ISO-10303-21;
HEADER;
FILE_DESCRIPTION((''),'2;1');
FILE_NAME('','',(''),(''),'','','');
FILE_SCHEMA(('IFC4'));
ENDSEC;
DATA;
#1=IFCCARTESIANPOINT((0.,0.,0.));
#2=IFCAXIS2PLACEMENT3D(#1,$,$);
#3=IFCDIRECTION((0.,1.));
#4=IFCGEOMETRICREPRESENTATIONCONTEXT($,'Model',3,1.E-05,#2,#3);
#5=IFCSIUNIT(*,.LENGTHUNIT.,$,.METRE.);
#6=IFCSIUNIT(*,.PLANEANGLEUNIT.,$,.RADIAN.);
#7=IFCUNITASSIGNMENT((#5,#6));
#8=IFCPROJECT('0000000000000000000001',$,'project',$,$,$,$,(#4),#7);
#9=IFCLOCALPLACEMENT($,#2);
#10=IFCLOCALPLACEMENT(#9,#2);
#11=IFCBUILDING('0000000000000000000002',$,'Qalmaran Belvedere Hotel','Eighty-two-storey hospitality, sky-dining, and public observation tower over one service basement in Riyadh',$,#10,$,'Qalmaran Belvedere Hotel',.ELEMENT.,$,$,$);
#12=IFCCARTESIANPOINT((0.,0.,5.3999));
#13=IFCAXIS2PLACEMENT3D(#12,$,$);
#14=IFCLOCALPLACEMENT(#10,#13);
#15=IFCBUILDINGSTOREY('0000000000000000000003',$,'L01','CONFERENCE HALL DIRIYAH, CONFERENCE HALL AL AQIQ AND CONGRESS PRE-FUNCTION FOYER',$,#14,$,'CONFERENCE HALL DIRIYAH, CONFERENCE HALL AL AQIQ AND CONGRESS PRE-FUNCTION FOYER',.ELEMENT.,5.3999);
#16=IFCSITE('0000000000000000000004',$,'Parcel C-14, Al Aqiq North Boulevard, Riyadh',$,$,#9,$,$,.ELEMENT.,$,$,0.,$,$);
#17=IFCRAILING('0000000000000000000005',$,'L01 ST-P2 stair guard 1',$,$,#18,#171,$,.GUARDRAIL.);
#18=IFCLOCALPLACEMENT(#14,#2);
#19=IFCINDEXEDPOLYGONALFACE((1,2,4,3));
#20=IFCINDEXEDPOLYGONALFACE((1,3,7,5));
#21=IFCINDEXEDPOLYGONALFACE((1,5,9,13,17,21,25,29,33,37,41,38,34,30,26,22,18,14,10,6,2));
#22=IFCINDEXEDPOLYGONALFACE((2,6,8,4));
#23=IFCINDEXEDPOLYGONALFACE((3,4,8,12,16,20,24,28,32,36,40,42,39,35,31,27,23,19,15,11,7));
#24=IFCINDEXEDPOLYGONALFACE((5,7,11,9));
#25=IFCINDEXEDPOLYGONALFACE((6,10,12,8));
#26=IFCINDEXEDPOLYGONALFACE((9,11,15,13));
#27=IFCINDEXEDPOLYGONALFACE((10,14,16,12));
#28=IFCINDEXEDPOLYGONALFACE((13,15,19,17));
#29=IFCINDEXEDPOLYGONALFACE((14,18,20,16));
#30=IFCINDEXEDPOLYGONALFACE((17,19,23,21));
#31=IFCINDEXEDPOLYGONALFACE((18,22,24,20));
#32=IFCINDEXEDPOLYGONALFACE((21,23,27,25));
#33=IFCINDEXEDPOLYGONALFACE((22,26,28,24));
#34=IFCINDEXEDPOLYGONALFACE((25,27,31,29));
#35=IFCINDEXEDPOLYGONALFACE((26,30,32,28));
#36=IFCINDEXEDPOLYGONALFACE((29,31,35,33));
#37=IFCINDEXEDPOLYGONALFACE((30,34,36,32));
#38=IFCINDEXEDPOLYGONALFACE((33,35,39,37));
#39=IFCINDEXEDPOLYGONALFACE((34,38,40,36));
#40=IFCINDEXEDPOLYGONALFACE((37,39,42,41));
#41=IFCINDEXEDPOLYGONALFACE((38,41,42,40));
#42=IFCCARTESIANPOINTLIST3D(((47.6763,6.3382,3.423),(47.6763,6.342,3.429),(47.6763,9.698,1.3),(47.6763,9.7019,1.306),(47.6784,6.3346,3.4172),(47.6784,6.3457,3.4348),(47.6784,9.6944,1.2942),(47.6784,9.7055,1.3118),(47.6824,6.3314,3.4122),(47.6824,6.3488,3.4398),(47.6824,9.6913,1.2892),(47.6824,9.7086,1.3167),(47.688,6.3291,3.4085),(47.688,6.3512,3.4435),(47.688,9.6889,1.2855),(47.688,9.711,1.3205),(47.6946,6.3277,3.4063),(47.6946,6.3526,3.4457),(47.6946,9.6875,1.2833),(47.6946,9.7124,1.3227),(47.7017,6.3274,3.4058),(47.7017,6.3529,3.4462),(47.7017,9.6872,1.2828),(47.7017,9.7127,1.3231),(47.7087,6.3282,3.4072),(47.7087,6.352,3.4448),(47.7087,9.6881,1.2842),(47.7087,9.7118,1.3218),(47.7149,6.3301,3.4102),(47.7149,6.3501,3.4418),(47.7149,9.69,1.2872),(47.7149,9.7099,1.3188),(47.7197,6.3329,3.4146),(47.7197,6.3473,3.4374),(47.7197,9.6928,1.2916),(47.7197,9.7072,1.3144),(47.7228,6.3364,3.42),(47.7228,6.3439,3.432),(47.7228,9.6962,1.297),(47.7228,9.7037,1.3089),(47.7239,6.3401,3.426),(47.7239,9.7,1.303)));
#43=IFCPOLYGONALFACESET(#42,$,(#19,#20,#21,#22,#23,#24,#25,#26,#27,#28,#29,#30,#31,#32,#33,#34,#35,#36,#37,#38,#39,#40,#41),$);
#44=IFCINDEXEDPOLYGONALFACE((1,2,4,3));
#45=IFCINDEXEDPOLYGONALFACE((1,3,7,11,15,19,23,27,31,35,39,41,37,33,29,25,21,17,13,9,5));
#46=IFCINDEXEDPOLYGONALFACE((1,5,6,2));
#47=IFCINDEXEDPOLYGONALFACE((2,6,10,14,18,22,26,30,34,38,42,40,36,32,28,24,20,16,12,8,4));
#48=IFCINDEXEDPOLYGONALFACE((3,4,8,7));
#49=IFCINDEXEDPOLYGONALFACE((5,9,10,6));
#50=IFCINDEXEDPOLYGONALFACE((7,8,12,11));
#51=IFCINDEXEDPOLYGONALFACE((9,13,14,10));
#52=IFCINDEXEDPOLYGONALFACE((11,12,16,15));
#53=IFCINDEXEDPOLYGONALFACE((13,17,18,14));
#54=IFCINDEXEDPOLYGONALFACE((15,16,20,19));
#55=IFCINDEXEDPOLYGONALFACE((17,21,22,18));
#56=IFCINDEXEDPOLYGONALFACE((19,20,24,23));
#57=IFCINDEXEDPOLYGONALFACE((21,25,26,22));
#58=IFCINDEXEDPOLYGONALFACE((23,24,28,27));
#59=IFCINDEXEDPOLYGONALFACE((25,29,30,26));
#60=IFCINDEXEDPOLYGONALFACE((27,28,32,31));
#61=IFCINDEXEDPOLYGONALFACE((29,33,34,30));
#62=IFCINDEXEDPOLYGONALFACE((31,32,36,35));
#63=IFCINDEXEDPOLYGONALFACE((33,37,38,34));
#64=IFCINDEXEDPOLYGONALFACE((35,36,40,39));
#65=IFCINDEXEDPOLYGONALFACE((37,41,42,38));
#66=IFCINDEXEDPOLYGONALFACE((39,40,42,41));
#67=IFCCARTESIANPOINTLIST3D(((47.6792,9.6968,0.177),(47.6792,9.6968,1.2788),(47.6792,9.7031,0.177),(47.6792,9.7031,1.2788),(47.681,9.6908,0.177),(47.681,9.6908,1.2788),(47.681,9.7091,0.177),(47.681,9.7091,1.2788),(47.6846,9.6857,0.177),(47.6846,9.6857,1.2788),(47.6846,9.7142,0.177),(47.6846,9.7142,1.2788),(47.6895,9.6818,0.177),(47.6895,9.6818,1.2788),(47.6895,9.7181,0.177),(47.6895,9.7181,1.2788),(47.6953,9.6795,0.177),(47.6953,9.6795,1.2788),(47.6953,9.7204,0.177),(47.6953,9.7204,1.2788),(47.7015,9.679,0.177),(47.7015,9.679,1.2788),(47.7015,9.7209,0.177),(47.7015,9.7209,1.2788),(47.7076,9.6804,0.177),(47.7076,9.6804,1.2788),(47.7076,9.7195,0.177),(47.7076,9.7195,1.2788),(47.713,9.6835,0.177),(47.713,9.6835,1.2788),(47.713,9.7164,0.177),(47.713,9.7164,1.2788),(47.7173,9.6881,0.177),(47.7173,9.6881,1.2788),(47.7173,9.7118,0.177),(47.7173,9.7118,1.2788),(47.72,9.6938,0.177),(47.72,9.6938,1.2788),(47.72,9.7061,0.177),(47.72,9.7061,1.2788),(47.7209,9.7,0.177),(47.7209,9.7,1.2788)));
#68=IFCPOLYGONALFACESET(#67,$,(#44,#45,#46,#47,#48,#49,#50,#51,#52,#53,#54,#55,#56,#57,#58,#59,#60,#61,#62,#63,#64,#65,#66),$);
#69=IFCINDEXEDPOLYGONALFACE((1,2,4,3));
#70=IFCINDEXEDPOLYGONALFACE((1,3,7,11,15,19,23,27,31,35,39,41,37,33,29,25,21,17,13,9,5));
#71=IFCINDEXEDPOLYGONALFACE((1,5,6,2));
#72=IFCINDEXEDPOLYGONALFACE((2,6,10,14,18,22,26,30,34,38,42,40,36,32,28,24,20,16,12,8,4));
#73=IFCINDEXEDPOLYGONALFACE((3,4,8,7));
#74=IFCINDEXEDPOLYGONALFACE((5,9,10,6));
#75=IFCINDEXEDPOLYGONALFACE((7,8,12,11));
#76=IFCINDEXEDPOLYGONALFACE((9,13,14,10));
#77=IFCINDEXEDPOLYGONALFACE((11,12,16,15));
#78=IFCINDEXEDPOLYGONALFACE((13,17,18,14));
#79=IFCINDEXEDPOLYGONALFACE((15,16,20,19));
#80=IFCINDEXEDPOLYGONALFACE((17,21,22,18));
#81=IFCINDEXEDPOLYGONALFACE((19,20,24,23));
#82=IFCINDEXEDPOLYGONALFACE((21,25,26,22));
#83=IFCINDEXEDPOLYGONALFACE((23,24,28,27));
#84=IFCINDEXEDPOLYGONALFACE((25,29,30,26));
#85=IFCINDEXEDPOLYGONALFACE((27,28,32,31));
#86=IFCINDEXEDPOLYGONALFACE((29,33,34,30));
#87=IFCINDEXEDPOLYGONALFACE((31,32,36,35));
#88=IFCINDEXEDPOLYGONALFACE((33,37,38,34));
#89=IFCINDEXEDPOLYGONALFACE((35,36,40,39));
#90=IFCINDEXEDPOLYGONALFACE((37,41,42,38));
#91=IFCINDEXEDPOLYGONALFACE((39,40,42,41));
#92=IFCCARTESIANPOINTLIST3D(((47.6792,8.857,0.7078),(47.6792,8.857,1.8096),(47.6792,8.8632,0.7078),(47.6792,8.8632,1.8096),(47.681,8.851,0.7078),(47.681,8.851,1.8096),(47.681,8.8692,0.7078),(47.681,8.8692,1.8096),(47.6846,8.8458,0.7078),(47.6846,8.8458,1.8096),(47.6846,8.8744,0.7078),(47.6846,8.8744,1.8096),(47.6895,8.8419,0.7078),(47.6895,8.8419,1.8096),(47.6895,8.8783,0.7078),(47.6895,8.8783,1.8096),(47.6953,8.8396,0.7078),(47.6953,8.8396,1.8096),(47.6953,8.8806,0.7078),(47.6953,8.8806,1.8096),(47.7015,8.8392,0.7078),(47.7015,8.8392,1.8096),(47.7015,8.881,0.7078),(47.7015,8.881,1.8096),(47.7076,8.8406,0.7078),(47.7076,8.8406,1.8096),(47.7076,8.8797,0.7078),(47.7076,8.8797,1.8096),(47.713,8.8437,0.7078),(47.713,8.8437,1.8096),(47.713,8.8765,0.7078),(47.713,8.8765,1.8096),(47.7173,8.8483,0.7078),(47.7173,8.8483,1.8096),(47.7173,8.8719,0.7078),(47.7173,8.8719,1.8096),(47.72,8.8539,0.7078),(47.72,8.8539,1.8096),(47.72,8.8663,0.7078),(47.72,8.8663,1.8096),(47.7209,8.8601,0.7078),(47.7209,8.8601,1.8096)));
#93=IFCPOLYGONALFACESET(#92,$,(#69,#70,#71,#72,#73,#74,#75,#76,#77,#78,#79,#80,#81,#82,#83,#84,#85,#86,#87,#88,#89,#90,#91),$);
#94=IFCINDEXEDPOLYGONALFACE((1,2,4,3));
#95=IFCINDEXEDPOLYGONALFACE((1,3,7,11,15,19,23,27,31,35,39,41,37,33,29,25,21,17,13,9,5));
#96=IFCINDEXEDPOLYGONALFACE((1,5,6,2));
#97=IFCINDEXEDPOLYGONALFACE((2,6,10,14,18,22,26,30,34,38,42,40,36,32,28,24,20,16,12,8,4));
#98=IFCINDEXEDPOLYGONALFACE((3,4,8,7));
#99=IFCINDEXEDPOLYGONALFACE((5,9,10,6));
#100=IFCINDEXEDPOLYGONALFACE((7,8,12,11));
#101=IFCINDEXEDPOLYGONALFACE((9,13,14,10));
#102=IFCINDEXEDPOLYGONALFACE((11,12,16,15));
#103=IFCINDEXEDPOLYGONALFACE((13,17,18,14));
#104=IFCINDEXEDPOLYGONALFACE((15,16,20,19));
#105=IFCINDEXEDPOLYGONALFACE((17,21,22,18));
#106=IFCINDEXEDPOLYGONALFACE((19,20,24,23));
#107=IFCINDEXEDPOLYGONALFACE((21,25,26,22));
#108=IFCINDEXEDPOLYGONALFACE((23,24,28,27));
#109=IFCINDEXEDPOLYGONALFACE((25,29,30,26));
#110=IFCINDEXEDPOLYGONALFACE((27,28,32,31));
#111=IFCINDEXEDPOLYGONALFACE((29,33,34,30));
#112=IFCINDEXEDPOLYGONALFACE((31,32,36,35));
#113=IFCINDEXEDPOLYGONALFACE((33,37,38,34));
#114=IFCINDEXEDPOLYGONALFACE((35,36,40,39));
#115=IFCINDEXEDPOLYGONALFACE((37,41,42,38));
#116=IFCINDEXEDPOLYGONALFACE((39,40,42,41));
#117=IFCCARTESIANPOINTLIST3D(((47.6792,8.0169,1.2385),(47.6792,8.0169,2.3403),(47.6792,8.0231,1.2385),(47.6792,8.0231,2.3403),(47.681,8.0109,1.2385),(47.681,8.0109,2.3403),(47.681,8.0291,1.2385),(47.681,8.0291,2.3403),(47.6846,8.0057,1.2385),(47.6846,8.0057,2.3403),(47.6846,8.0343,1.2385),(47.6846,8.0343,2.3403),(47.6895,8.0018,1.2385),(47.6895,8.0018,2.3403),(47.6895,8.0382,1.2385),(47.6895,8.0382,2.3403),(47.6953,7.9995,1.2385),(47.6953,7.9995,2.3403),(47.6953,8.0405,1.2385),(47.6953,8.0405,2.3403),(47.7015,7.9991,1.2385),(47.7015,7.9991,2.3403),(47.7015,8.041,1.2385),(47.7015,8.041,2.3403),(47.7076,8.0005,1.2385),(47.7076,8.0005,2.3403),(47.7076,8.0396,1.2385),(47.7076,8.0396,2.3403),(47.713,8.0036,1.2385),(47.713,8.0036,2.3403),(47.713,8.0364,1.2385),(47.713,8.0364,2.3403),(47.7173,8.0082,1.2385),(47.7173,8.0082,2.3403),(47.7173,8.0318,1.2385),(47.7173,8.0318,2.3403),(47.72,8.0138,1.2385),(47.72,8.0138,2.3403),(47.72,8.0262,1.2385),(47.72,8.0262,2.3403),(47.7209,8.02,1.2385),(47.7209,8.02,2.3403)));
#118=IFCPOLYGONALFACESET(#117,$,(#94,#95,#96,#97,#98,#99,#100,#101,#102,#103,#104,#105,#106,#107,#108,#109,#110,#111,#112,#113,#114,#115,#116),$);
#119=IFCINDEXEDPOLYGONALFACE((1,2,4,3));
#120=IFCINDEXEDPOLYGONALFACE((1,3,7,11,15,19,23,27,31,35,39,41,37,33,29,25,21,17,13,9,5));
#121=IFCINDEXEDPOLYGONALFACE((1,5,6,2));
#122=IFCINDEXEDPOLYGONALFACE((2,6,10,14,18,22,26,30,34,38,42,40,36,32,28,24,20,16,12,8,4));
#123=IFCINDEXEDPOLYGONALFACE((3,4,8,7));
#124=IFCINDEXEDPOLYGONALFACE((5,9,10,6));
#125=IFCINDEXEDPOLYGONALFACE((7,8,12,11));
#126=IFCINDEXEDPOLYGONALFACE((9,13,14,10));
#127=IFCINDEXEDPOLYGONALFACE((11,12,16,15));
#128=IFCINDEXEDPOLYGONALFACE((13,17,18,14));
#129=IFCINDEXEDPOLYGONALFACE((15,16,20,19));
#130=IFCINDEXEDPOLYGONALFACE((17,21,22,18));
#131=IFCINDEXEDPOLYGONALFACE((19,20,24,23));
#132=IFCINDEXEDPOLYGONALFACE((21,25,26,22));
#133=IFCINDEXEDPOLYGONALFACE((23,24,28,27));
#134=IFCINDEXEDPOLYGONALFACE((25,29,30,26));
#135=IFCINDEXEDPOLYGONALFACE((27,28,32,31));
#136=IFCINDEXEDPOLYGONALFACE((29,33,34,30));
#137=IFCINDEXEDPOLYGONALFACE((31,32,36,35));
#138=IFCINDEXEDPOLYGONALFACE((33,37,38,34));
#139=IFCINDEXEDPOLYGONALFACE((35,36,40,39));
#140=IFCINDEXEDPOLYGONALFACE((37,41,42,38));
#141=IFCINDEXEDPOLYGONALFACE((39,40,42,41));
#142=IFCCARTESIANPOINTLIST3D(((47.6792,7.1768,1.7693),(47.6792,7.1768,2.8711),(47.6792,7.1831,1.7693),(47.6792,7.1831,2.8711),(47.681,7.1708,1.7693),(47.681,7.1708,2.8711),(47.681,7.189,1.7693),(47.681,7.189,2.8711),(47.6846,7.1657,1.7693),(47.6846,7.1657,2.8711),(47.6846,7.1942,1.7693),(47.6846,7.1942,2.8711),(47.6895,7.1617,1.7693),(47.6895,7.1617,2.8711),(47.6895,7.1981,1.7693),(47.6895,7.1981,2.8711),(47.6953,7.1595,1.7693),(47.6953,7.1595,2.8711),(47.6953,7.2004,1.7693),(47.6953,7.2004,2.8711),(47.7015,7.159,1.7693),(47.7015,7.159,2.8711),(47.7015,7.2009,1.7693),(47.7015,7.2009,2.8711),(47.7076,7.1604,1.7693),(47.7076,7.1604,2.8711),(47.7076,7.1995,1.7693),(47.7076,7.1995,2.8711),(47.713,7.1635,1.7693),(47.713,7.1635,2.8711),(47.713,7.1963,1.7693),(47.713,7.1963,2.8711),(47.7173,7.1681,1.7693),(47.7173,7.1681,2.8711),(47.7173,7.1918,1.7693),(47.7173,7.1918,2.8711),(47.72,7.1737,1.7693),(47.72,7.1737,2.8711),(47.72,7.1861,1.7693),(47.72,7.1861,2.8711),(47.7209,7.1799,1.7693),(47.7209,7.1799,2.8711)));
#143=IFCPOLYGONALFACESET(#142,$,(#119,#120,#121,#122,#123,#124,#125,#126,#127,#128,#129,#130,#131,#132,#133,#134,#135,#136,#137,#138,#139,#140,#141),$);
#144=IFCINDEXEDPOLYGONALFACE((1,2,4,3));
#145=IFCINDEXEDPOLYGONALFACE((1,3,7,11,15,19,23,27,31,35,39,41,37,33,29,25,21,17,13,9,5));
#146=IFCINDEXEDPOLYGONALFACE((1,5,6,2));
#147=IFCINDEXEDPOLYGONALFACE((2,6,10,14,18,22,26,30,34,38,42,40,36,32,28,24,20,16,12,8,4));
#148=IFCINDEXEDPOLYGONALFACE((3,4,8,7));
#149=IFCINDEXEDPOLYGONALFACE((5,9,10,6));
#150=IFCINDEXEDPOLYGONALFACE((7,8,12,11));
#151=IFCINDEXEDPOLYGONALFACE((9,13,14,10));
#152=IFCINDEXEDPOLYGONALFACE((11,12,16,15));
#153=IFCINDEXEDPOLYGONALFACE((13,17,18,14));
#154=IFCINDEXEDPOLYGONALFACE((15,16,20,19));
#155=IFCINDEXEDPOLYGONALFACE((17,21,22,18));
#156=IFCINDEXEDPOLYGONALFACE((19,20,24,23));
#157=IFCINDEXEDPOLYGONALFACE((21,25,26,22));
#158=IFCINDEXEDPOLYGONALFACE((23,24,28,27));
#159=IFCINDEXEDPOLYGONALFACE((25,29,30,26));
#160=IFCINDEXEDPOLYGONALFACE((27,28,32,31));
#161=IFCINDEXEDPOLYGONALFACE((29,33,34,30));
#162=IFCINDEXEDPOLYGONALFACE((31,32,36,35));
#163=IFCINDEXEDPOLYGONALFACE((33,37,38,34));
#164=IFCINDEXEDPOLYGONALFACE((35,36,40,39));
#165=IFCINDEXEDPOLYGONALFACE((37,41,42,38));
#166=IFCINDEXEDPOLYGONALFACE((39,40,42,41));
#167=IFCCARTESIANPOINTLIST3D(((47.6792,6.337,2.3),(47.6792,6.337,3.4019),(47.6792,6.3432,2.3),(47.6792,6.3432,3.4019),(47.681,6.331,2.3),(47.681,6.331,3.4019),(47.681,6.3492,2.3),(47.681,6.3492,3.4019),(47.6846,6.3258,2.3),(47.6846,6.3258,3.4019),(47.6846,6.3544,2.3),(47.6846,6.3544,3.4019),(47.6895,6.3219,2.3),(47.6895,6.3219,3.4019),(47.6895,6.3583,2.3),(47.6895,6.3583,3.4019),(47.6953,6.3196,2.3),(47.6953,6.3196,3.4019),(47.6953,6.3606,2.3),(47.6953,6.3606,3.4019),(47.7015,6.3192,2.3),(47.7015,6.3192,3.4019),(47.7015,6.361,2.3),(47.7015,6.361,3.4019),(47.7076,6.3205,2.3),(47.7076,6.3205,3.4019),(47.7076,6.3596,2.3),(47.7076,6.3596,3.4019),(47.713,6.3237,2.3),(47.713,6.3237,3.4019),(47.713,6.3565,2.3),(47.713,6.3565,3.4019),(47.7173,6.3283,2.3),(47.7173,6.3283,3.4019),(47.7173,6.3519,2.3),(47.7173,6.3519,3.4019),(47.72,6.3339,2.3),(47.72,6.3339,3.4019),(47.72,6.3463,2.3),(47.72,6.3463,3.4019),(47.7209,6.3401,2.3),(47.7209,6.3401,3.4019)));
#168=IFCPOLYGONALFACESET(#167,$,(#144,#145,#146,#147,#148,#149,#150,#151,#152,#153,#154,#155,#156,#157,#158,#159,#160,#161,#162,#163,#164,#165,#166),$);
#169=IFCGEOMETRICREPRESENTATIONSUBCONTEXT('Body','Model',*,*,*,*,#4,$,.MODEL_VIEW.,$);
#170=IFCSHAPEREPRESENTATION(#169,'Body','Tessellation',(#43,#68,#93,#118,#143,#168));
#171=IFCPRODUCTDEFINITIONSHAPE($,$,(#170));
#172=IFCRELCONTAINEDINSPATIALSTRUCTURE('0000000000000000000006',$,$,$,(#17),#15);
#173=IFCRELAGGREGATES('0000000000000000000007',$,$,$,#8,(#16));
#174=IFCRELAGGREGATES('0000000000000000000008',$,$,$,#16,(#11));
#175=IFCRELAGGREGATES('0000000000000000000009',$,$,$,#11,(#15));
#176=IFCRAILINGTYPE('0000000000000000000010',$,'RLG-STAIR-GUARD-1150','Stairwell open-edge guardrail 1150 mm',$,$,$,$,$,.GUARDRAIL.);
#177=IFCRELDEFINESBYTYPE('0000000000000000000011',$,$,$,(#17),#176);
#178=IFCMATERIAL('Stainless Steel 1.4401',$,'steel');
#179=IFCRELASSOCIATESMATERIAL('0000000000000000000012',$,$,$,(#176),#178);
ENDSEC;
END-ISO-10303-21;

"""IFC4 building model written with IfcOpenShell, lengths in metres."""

from ifc_helpers import new_model, si_unit, direction, frame, origin, origin_2d, place, context, subcontext, project, spatial, circle, extrude, material, type_object, element, save


model = new_model("IFC4")

# Units and contexts
model_context = context("Model", 3, precision=1e-05, world=origin(), true_north=direction((0.0, 1.0)))
body_context = subcontext(model_context, "Body", "Model", "MODEL_VIEW")
ifc_project = project(units=[si_unit("LENGTHUNIT", "METRE"), si_unit("PLANEANGLEUNIT", "RADIAN")], contexts=[model_context])

# Site, building, storey
site_placement = place(None, origin())
site = spatial("IfcSite", under=ifc_project, at=site_placement, Name="Parcel C-14, Al Aqiq North Boulevard, Riyadh", CompositionType="ELEMENT", RefElevation=0.0)
building_placement = place(site_placement, origin())
building = spatial("IfcBuilding", under=site, at=building_placement, Name="Qalmaran Belvedere Hotel", Description="Eighty-two-storey hospitality, sky-dining, and public observation tower over one service basement in Riyadh", LongName="Qalmaran Belvedere Hotel", CompositionType="ELEMENT")
storey_placement = place(building_placement, frame((0.0, 0.0, 5.3999)))
storey = spatial("IfcBuildingStorey", under=building, at=storey_placement, Name="L01", Description="CONFERENCE HALL DIRIYAH, CONFERENCE HALL AL AQIQ AND CONGRESS PRE-FUNCTION FOYER", LongName="CONFERENCE HALL DIRIYAH, CONFERENCE HALL AL AQIQ AND CONGRESS PRE-FUNCTION FOYER", CompositionType="ELEMENT", Elevation=5.3999)

# Railing
ifc_material_1 = material(Name="Stainless Steel 1.4401", Category="steel")
railing_type_1 = type_object("IfcRailingType", Name="RLG-STAIR-GUARD-1150", Description="Stairwell open-edge guardrail 1150 mm", PredefinedType="GUARDRAIL", material=ifc_material_1)
railing_1_placement = place(storey_placement, frame((47.7, 9.7, 0.177)))
element("IfcRailing", 1, at=railing_1_placement, inside=storey, type_object=railing_type_1, Name="L01 ST-P2 stair guard 1", PredefinedType="GUARDRAIL", context=body_context, shape_type="SweptSolid", body=[
    extrude(circle(Radius=0.0239, at=origin_2d()), frame((0.0, 0.0, 1.126), z_axis=(0.0, -0.845372, 0.534178), x_axis=(1.0, 0.0, 0.0)), (0.0, 0.0, 1.0), 3.9744),
    extrude(circle(Radius=0.021, at=origin_2d()), origin(), (0.0, 0.0, 1.0), 1.1018),
    extrude(circle(Radius=0.021, at=origin_2d()), frame((0.0, -0.8398, 0.5308)), (0.0, 0.0, 1.0), 1.1018),
    extrude(circle(Radius=0.021, at=origin_2d()), frame((0.0, -1.6799, 1.0615)), (0.0, 0.0, 1.0), 1.1018),
    extrude(circle(Radius=0.021, at=origin_2d()), frame((0.0, -2.52, 1.5923)), (0.0, 0.0, 1.0), 1.1018),
    extrude(circle(Radius=0.021, at=origin_2d()), frame((0.0, -3.3599, 2.123)), (0.0, 0.0, 1.0), 1.1018),
])

save(model, "model.ifc")
